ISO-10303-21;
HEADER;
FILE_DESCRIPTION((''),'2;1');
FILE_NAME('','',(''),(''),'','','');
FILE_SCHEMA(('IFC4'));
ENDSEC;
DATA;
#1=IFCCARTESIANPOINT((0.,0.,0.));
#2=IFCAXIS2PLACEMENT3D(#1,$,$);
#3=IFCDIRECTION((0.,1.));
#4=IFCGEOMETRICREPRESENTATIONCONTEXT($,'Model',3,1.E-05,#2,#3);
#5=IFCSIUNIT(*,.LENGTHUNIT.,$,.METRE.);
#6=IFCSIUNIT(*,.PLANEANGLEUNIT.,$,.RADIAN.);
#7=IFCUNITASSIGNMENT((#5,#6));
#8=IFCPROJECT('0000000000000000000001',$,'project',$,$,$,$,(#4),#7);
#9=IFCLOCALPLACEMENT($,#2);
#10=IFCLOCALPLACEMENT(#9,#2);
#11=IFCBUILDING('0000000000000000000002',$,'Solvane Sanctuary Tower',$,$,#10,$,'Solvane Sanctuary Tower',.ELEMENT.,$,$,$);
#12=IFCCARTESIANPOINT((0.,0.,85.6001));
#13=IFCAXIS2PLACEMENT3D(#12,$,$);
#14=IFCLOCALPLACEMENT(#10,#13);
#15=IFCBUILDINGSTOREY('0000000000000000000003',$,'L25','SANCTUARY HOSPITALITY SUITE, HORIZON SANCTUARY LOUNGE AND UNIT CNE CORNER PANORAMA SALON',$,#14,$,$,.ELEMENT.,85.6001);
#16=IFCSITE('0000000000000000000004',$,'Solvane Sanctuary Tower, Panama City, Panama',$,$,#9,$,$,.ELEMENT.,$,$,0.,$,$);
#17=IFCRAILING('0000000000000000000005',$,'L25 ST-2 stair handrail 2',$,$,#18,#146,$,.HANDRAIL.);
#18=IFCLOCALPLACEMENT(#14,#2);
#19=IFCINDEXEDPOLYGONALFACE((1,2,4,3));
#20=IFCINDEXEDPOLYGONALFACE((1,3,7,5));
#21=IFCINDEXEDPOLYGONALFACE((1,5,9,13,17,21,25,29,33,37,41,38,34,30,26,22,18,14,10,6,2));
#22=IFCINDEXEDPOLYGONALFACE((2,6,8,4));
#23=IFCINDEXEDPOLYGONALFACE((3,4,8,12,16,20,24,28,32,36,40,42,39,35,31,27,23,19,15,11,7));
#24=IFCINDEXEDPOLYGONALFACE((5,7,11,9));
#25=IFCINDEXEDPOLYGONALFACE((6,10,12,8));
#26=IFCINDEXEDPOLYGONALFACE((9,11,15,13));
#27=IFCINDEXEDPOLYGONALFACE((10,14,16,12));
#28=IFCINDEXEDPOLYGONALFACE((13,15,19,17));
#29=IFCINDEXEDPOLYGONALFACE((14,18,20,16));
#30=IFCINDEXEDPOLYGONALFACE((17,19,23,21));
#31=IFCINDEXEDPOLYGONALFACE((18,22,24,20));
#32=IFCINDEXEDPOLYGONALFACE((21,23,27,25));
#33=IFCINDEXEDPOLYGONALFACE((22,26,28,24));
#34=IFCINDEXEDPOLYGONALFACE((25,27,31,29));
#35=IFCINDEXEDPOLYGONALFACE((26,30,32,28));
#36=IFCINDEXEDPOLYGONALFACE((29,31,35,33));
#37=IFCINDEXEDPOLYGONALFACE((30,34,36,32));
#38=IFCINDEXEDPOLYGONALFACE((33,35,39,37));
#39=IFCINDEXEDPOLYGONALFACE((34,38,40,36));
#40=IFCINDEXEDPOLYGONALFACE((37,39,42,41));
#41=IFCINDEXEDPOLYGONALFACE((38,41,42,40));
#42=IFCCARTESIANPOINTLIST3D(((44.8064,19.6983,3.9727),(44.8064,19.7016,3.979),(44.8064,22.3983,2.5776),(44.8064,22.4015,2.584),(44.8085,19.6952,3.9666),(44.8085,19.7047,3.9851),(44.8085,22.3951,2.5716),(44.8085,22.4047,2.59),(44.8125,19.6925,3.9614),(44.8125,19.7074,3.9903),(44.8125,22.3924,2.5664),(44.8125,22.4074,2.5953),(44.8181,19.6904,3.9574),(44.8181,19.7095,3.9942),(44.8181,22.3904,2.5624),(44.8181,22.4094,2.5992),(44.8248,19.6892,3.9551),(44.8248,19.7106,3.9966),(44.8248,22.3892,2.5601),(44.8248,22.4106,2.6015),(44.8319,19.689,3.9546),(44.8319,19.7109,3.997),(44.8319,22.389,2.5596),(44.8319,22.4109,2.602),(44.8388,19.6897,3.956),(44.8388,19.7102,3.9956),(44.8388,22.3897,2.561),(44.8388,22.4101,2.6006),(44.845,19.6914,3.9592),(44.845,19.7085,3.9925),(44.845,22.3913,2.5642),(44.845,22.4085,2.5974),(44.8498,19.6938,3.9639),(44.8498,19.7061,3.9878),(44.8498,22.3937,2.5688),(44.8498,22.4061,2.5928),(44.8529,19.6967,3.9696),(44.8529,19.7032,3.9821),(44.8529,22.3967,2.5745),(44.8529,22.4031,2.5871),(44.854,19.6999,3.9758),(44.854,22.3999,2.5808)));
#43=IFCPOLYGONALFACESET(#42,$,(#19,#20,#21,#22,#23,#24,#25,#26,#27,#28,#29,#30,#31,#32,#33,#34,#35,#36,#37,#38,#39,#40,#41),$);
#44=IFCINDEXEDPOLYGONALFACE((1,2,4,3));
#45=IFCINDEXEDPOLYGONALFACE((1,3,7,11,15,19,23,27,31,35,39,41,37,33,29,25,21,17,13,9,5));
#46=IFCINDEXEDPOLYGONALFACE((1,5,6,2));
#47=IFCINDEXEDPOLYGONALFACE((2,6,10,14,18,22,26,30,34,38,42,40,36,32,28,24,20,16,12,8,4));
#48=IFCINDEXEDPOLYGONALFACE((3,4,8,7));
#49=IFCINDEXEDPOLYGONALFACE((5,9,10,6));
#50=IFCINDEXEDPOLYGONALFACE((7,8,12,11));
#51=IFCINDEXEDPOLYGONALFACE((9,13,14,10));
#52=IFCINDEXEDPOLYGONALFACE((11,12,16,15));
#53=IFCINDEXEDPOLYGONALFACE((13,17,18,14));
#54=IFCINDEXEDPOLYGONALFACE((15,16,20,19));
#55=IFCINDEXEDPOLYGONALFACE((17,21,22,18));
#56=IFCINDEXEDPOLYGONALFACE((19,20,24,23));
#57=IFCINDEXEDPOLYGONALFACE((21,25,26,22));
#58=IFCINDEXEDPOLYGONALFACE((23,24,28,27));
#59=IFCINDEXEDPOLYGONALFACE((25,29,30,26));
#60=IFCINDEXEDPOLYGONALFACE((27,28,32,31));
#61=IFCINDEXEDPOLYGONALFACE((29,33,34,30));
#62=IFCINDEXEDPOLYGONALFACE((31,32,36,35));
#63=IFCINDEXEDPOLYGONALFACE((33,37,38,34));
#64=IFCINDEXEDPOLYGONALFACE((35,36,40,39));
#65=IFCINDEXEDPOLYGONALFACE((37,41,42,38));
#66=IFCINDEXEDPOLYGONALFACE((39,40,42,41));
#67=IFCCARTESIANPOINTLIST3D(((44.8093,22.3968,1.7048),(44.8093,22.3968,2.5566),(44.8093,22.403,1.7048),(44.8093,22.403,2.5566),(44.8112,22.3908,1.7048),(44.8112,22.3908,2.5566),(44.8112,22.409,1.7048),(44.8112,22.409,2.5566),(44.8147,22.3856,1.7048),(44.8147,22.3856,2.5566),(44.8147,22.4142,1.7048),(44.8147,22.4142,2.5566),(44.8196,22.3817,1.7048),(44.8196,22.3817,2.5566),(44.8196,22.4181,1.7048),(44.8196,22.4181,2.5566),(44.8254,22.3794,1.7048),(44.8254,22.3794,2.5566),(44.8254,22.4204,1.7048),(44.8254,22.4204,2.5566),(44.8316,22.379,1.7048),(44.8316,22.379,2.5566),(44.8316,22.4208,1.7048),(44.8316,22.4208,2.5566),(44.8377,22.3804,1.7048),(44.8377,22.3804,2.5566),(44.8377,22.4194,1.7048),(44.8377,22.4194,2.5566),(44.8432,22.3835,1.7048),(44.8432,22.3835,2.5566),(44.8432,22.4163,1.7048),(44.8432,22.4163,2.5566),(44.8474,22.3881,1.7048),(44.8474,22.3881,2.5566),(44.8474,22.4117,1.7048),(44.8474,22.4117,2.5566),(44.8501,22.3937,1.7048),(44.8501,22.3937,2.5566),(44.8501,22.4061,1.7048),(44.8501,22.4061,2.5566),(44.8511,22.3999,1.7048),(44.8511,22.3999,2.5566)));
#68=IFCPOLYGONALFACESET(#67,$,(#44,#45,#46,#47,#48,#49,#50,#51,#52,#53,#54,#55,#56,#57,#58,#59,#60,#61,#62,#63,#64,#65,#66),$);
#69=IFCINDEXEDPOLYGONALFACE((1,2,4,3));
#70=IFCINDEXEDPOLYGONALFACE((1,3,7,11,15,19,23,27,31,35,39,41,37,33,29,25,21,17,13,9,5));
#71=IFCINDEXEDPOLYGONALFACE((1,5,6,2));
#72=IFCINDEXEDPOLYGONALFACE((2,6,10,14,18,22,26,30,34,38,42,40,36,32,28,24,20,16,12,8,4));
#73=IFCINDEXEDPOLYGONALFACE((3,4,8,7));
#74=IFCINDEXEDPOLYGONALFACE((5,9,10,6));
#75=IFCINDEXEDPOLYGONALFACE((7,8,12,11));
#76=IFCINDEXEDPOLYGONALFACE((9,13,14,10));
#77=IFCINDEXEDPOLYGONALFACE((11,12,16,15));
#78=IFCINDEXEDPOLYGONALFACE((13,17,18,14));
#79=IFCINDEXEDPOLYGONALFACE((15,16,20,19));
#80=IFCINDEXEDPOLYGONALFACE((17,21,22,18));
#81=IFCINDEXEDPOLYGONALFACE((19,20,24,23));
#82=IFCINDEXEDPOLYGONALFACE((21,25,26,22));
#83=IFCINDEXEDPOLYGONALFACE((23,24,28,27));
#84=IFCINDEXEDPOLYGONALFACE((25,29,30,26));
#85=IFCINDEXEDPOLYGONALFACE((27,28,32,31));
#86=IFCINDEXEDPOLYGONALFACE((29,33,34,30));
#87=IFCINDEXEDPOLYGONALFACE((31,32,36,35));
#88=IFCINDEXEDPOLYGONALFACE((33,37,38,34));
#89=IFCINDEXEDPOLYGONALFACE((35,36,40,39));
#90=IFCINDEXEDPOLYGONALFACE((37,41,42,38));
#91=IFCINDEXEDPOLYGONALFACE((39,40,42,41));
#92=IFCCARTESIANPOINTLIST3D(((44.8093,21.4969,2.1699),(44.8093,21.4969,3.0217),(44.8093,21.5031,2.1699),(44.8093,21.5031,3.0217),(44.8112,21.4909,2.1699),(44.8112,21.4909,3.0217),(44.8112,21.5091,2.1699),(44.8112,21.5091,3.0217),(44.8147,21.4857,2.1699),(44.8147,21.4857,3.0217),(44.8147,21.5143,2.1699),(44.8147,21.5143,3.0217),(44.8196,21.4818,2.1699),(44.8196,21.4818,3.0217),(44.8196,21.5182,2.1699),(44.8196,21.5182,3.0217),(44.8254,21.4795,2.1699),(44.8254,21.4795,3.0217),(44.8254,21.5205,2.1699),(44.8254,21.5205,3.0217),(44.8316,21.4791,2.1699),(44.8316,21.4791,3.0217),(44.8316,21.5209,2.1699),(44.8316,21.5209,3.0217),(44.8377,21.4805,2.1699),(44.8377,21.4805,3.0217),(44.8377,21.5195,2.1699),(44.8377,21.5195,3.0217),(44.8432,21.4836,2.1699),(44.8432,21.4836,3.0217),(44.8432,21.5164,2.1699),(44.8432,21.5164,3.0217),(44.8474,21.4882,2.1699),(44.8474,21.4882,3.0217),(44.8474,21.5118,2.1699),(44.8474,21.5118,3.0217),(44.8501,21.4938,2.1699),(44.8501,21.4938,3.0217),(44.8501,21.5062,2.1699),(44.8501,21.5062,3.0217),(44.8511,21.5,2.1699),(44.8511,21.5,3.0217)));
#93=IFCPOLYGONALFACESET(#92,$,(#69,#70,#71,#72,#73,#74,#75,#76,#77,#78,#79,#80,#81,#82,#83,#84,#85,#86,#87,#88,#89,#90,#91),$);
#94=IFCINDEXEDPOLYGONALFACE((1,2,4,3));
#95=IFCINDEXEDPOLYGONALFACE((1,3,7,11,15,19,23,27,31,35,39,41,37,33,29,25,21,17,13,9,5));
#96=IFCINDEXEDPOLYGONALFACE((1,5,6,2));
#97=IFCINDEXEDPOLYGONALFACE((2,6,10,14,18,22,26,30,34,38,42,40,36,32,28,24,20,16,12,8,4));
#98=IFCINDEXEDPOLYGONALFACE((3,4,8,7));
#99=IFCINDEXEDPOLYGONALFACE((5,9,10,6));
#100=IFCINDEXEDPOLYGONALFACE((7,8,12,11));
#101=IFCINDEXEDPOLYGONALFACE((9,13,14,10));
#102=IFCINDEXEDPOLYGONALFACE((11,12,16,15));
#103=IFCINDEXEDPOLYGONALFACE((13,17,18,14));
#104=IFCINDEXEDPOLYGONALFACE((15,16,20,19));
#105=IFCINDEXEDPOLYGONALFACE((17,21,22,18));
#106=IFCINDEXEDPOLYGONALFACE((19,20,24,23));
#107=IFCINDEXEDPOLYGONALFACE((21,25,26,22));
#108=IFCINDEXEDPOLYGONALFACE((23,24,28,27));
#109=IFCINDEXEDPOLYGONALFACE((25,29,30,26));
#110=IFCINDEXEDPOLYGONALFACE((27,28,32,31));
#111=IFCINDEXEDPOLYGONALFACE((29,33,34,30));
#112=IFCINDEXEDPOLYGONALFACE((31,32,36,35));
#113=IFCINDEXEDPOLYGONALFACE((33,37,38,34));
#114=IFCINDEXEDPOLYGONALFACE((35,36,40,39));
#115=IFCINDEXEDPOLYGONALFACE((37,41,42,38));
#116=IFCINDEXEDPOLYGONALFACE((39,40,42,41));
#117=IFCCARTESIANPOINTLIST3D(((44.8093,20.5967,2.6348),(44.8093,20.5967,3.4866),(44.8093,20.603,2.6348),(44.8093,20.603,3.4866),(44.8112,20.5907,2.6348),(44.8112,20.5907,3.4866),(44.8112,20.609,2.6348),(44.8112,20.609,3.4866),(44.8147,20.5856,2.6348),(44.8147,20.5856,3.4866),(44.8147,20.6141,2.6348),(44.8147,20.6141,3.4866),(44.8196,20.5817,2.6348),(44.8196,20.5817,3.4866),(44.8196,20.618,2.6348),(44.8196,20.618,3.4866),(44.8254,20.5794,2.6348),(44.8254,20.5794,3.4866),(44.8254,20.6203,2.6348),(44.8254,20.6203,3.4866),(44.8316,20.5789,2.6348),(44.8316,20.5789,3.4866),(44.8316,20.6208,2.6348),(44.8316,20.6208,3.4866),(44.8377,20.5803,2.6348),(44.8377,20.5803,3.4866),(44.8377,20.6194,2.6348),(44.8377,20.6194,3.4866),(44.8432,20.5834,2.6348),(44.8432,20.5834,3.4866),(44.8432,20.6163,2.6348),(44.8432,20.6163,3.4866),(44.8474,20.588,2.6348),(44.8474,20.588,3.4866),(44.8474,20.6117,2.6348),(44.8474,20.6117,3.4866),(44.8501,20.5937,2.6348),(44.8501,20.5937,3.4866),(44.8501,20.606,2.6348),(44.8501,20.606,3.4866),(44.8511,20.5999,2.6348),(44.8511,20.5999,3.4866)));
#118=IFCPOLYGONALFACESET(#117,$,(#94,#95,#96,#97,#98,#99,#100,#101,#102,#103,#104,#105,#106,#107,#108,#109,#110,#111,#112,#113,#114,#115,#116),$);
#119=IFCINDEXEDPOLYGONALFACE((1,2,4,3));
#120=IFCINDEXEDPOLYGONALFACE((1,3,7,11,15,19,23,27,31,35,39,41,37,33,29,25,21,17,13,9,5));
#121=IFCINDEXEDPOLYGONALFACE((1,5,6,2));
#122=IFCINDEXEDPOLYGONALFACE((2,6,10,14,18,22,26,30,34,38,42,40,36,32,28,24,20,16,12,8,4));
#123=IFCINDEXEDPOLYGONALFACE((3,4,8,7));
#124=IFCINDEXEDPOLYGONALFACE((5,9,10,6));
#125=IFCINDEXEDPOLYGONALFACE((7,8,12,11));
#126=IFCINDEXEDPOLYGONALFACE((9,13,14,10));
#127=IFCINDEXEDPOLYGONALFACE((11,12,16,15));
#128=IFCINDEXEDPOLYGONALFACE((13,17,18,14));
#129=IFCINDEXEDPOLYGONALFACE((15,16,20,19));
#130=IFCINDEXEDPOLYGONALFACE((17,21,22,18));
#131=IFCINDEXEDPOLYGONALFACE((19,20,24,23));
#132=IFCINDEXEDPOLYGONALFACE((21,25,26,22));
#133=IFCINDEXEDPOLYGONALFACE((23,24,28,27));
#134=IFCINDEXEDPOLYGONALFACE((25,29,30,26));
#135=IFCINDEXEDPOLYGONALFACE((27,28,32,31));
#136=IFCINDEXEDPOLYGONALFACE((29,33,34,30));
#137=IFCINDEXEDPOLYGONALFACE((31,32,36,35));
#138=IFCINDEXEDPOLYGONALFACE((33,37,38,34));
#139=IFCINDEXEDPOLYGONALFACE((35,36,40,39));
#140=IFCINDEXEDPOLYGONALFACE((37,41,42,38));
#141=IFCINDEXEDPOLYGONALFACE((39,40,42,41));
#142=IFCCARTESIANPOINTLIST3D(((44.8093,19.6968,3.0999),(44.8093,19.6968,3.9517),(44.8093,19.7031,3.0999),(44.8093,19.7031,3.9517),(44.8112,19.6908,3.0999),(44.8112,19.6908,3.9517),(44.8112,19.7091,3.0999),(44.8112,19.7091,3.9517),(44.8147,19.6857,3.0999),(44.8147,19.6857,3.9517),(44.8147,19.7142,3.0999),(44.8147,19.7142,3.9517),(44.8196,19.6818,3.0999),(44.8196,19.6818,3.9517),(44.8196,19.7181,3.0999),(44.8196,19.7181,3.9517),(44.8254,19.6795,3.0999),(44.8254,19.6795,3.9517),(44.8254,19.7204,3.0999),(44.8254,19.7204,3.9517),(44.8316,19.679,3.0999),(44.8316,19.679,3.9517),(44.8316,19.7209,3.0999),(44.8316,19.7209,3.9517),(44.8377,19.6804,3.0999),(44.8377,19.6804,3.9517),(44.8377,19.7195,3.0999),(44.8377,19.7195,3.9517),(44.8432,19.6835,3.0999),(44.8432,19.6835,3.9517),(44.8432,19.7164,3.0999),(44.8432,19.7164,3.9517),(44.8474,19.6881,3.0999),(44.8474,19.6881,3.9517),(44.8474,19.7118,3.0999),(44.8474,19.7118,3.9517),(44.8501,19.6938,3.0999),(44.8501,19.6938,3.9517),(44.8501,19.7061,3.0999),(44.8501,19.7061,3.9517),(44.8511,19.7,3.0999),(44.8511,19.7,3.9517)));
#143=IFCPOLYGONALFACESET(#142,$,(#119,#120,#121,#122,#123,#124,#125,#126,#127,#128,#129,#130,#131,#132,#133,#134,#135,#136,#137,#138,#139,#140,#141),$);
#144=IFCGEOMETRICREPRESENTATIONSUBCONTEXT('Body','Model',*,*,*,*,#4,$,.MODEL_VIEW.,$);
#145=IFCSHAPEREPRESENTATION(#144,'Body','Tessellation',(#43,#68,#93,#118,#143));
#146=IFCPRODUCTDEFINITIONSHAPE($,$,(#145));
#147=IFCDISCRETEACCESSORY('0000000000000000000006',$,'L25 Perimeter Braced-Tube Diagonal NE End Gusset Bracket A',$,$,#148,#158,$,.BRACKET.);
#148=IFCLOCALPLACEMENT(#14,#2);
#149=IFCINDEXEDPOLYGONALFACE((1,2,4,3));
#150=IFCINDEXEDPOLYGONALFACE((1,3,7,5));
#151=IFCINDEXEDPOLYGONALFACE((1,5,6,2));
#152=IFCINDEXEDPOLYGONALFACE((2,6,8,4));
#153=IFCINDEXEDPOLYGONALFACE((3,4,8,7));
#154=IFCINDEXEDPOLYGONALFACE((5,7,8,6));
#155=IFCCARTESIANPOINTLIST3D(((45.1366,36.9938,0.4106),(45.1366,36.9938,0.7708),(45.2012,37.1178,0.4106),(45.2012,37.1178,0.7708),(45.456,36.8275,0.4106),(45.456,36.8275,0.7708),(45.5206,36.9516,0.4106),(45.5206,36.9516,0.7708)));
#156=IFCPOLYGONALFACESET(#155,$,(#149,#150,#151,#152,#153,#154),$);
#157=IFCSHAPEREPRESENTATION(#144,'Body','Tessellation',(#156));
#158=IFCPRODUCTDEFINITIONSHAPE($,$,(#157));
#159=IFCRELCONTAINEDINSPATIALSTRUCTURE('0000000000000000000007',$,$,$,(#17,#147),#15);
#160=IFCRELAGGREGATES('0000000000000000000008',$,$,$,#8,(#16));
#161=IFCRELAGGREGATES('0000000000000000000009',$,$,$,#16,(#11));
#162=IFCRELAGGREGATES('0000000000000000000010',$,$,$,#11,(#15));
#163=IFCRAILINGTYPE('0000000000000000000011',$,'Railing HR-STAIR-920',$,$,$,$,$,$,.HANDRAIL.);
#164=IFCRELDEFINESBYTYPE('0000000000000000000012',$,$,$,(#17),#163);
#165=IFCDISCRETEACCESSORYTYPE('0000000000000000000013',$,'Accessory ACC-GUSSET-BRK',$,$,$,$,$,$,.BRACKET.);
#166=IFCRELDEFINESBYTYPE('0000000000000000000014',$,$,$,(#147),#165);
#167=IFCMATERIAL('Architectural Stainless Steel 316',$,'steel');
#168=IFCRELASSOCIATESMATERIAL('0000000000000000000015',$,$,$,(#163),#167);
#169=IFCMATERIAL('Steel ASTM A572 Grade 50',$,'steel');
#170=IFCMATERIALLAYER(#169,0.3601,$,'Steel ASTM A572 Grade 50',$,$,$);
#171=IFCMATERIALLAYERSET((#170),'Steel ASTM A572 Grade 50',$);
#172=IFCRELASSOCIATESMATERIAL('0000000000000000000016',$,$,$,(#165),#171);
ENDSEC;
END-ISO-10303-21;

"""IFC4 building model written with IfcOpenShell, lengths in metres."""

from ifc_helpers import new_model, si_unit, direction, frame, origin, origin_2d, place, context, subcontext, project, spatial, rectangle, circle, extrude, material, layer, layer_set, type_object, element, save


model = new_model("IFC4")

# Units and contexts
model_context = context("Model", 3, precision=1e-05, world=origin(), true_north=direction((0.0, 1.0)))
body_context = subcontext(model_context, "Body", "Model", "MODEL_VIEW")
ifc_project = project(units=[si_unit("LENGTHUNIT", "METRE"), si_unit("PLANEANGLEUNIT", "RADIAN")], contexts=[model_context])

# Site, building, storey
site_placement = place(None, origin())
site = spatial("IfcSite", under=ifc_project, at=site_placement, Name="Solvane Sanctuary Tower, Panama City, Panama", CompositionType="ELEMENT", RefElevation=0.0)
building_placement = place(site_placement, origin())
building = spatial("IfcBuilding", under=site, at=building_placement, Name="Solvane Sanctuary Tower", LongName="Solvane Sanctuary Tower", CompositionType="ELEMENT")
storey_placement = place(building_placement, frame((0.0, 0.0, 85.6001)))
storey = spatial("IfcBuildingStorey", under=building, at=storey_placement, Name="L25", Description="SANCTUARY HOSPITALITY SUITE, HORIZON SANCTUARY LOUNGE AND UNIT CNE CORNER PANORAMA SALON", CompositionType="ELEMENT", Elevation=85.6001)

# Shared definitions
ifc_material_1 = material(Name="Architectural Stainless Steel 316", Category="steel")

# Railing
railing_type_1 = type_object("IfcRailingType", Name="Railing HR-STAIR-920", PredefinedType="HANDRAIL", material=ifc_material_1)
railing_1_placement = place(storey_placement, frame((44.8301, 22.3999, 1.7048)))
element("IfcRailing", 1, at=railing_1_placement, inside=storey, type_object=railing_type_1, Name="L25 ST-2 stair handrail 2", PredefinedType="HANDRAIL", context=body_context, shape_type="SweptSolid", body=[
    extrude(circle(Radius=0.0239, at=origin_2d()), frame((0.0, 0.0, 0.876), z_axis=(0.0, -0.88842, 0.459032), x_axis=(1.0, 0.0, 0.0)), (0.0, 0.0, 1.0), 3.0391),
    extrude(circle(Radius=0.021, at=origin_2d()), origin(), (0.0, 0.0, 1.0), 0.8518),
    extrude(circle(Radius=0.021, at=origin_2d()), frame((0.0, -0.8999, 0.4651)), (0.0, 0.0, 1.0), 0.8518),
    extrude(circle(Radius=0.021, at=origin_2d()), frame((0.0, -1.8, 0.9299)), (0.0, 0.0, 1.0), 0.8518),
    extrude(circle(Radius=0.021, at=origin_2d()), frame((0.0, -2.7, 1.395)), (0.0, 0.0, 1.0), 0.8518),
])

# Discrete accessory
ifc_material_2 = material(Name="Steel ASTM A572 Grade 50", Category="steel")
ifc_layer_1 = layer(ifc_material_2, 0.3601, Name="Steel ASTM A572 Grade 50")
ifc_layer_set_1 = layer_set([ifc_layer_1], Name="Steel ASTM A572 Grade 50")
discrete_accessory_type = type_object("IfcDiscreteAccessoryType", Name="Accessory ACC-GUSSET-BRK", PredefinedType="BRACKET", material=ifc_layer_set_1)
discrete_accessory_placement = place(storey_placement, frame((45.3286, 36.9727, 0.4106), z_axis=(0.0, 0.0, 1.0), x_axis=(0.887011, -0.461749, 0.0)))
element("IfcDiscreteAccessory", 2, at=discrete_accessory_placement, inside=storey, type_object=discrete_accessory_type, Name="L25 Perimeter Braced-Tube Diagonal NE End Gusset Bracket A", PredefinedType="BRACKET", context=body_context, shape_type="SweptSolid", body=[
    extrude(rectangle(XDim=0.3601, YDim=0.1399, at=origin_2d()), origin(), (0.0, 0.0, 1.0), 0.3601),
])

save(model, "model.ifc")
